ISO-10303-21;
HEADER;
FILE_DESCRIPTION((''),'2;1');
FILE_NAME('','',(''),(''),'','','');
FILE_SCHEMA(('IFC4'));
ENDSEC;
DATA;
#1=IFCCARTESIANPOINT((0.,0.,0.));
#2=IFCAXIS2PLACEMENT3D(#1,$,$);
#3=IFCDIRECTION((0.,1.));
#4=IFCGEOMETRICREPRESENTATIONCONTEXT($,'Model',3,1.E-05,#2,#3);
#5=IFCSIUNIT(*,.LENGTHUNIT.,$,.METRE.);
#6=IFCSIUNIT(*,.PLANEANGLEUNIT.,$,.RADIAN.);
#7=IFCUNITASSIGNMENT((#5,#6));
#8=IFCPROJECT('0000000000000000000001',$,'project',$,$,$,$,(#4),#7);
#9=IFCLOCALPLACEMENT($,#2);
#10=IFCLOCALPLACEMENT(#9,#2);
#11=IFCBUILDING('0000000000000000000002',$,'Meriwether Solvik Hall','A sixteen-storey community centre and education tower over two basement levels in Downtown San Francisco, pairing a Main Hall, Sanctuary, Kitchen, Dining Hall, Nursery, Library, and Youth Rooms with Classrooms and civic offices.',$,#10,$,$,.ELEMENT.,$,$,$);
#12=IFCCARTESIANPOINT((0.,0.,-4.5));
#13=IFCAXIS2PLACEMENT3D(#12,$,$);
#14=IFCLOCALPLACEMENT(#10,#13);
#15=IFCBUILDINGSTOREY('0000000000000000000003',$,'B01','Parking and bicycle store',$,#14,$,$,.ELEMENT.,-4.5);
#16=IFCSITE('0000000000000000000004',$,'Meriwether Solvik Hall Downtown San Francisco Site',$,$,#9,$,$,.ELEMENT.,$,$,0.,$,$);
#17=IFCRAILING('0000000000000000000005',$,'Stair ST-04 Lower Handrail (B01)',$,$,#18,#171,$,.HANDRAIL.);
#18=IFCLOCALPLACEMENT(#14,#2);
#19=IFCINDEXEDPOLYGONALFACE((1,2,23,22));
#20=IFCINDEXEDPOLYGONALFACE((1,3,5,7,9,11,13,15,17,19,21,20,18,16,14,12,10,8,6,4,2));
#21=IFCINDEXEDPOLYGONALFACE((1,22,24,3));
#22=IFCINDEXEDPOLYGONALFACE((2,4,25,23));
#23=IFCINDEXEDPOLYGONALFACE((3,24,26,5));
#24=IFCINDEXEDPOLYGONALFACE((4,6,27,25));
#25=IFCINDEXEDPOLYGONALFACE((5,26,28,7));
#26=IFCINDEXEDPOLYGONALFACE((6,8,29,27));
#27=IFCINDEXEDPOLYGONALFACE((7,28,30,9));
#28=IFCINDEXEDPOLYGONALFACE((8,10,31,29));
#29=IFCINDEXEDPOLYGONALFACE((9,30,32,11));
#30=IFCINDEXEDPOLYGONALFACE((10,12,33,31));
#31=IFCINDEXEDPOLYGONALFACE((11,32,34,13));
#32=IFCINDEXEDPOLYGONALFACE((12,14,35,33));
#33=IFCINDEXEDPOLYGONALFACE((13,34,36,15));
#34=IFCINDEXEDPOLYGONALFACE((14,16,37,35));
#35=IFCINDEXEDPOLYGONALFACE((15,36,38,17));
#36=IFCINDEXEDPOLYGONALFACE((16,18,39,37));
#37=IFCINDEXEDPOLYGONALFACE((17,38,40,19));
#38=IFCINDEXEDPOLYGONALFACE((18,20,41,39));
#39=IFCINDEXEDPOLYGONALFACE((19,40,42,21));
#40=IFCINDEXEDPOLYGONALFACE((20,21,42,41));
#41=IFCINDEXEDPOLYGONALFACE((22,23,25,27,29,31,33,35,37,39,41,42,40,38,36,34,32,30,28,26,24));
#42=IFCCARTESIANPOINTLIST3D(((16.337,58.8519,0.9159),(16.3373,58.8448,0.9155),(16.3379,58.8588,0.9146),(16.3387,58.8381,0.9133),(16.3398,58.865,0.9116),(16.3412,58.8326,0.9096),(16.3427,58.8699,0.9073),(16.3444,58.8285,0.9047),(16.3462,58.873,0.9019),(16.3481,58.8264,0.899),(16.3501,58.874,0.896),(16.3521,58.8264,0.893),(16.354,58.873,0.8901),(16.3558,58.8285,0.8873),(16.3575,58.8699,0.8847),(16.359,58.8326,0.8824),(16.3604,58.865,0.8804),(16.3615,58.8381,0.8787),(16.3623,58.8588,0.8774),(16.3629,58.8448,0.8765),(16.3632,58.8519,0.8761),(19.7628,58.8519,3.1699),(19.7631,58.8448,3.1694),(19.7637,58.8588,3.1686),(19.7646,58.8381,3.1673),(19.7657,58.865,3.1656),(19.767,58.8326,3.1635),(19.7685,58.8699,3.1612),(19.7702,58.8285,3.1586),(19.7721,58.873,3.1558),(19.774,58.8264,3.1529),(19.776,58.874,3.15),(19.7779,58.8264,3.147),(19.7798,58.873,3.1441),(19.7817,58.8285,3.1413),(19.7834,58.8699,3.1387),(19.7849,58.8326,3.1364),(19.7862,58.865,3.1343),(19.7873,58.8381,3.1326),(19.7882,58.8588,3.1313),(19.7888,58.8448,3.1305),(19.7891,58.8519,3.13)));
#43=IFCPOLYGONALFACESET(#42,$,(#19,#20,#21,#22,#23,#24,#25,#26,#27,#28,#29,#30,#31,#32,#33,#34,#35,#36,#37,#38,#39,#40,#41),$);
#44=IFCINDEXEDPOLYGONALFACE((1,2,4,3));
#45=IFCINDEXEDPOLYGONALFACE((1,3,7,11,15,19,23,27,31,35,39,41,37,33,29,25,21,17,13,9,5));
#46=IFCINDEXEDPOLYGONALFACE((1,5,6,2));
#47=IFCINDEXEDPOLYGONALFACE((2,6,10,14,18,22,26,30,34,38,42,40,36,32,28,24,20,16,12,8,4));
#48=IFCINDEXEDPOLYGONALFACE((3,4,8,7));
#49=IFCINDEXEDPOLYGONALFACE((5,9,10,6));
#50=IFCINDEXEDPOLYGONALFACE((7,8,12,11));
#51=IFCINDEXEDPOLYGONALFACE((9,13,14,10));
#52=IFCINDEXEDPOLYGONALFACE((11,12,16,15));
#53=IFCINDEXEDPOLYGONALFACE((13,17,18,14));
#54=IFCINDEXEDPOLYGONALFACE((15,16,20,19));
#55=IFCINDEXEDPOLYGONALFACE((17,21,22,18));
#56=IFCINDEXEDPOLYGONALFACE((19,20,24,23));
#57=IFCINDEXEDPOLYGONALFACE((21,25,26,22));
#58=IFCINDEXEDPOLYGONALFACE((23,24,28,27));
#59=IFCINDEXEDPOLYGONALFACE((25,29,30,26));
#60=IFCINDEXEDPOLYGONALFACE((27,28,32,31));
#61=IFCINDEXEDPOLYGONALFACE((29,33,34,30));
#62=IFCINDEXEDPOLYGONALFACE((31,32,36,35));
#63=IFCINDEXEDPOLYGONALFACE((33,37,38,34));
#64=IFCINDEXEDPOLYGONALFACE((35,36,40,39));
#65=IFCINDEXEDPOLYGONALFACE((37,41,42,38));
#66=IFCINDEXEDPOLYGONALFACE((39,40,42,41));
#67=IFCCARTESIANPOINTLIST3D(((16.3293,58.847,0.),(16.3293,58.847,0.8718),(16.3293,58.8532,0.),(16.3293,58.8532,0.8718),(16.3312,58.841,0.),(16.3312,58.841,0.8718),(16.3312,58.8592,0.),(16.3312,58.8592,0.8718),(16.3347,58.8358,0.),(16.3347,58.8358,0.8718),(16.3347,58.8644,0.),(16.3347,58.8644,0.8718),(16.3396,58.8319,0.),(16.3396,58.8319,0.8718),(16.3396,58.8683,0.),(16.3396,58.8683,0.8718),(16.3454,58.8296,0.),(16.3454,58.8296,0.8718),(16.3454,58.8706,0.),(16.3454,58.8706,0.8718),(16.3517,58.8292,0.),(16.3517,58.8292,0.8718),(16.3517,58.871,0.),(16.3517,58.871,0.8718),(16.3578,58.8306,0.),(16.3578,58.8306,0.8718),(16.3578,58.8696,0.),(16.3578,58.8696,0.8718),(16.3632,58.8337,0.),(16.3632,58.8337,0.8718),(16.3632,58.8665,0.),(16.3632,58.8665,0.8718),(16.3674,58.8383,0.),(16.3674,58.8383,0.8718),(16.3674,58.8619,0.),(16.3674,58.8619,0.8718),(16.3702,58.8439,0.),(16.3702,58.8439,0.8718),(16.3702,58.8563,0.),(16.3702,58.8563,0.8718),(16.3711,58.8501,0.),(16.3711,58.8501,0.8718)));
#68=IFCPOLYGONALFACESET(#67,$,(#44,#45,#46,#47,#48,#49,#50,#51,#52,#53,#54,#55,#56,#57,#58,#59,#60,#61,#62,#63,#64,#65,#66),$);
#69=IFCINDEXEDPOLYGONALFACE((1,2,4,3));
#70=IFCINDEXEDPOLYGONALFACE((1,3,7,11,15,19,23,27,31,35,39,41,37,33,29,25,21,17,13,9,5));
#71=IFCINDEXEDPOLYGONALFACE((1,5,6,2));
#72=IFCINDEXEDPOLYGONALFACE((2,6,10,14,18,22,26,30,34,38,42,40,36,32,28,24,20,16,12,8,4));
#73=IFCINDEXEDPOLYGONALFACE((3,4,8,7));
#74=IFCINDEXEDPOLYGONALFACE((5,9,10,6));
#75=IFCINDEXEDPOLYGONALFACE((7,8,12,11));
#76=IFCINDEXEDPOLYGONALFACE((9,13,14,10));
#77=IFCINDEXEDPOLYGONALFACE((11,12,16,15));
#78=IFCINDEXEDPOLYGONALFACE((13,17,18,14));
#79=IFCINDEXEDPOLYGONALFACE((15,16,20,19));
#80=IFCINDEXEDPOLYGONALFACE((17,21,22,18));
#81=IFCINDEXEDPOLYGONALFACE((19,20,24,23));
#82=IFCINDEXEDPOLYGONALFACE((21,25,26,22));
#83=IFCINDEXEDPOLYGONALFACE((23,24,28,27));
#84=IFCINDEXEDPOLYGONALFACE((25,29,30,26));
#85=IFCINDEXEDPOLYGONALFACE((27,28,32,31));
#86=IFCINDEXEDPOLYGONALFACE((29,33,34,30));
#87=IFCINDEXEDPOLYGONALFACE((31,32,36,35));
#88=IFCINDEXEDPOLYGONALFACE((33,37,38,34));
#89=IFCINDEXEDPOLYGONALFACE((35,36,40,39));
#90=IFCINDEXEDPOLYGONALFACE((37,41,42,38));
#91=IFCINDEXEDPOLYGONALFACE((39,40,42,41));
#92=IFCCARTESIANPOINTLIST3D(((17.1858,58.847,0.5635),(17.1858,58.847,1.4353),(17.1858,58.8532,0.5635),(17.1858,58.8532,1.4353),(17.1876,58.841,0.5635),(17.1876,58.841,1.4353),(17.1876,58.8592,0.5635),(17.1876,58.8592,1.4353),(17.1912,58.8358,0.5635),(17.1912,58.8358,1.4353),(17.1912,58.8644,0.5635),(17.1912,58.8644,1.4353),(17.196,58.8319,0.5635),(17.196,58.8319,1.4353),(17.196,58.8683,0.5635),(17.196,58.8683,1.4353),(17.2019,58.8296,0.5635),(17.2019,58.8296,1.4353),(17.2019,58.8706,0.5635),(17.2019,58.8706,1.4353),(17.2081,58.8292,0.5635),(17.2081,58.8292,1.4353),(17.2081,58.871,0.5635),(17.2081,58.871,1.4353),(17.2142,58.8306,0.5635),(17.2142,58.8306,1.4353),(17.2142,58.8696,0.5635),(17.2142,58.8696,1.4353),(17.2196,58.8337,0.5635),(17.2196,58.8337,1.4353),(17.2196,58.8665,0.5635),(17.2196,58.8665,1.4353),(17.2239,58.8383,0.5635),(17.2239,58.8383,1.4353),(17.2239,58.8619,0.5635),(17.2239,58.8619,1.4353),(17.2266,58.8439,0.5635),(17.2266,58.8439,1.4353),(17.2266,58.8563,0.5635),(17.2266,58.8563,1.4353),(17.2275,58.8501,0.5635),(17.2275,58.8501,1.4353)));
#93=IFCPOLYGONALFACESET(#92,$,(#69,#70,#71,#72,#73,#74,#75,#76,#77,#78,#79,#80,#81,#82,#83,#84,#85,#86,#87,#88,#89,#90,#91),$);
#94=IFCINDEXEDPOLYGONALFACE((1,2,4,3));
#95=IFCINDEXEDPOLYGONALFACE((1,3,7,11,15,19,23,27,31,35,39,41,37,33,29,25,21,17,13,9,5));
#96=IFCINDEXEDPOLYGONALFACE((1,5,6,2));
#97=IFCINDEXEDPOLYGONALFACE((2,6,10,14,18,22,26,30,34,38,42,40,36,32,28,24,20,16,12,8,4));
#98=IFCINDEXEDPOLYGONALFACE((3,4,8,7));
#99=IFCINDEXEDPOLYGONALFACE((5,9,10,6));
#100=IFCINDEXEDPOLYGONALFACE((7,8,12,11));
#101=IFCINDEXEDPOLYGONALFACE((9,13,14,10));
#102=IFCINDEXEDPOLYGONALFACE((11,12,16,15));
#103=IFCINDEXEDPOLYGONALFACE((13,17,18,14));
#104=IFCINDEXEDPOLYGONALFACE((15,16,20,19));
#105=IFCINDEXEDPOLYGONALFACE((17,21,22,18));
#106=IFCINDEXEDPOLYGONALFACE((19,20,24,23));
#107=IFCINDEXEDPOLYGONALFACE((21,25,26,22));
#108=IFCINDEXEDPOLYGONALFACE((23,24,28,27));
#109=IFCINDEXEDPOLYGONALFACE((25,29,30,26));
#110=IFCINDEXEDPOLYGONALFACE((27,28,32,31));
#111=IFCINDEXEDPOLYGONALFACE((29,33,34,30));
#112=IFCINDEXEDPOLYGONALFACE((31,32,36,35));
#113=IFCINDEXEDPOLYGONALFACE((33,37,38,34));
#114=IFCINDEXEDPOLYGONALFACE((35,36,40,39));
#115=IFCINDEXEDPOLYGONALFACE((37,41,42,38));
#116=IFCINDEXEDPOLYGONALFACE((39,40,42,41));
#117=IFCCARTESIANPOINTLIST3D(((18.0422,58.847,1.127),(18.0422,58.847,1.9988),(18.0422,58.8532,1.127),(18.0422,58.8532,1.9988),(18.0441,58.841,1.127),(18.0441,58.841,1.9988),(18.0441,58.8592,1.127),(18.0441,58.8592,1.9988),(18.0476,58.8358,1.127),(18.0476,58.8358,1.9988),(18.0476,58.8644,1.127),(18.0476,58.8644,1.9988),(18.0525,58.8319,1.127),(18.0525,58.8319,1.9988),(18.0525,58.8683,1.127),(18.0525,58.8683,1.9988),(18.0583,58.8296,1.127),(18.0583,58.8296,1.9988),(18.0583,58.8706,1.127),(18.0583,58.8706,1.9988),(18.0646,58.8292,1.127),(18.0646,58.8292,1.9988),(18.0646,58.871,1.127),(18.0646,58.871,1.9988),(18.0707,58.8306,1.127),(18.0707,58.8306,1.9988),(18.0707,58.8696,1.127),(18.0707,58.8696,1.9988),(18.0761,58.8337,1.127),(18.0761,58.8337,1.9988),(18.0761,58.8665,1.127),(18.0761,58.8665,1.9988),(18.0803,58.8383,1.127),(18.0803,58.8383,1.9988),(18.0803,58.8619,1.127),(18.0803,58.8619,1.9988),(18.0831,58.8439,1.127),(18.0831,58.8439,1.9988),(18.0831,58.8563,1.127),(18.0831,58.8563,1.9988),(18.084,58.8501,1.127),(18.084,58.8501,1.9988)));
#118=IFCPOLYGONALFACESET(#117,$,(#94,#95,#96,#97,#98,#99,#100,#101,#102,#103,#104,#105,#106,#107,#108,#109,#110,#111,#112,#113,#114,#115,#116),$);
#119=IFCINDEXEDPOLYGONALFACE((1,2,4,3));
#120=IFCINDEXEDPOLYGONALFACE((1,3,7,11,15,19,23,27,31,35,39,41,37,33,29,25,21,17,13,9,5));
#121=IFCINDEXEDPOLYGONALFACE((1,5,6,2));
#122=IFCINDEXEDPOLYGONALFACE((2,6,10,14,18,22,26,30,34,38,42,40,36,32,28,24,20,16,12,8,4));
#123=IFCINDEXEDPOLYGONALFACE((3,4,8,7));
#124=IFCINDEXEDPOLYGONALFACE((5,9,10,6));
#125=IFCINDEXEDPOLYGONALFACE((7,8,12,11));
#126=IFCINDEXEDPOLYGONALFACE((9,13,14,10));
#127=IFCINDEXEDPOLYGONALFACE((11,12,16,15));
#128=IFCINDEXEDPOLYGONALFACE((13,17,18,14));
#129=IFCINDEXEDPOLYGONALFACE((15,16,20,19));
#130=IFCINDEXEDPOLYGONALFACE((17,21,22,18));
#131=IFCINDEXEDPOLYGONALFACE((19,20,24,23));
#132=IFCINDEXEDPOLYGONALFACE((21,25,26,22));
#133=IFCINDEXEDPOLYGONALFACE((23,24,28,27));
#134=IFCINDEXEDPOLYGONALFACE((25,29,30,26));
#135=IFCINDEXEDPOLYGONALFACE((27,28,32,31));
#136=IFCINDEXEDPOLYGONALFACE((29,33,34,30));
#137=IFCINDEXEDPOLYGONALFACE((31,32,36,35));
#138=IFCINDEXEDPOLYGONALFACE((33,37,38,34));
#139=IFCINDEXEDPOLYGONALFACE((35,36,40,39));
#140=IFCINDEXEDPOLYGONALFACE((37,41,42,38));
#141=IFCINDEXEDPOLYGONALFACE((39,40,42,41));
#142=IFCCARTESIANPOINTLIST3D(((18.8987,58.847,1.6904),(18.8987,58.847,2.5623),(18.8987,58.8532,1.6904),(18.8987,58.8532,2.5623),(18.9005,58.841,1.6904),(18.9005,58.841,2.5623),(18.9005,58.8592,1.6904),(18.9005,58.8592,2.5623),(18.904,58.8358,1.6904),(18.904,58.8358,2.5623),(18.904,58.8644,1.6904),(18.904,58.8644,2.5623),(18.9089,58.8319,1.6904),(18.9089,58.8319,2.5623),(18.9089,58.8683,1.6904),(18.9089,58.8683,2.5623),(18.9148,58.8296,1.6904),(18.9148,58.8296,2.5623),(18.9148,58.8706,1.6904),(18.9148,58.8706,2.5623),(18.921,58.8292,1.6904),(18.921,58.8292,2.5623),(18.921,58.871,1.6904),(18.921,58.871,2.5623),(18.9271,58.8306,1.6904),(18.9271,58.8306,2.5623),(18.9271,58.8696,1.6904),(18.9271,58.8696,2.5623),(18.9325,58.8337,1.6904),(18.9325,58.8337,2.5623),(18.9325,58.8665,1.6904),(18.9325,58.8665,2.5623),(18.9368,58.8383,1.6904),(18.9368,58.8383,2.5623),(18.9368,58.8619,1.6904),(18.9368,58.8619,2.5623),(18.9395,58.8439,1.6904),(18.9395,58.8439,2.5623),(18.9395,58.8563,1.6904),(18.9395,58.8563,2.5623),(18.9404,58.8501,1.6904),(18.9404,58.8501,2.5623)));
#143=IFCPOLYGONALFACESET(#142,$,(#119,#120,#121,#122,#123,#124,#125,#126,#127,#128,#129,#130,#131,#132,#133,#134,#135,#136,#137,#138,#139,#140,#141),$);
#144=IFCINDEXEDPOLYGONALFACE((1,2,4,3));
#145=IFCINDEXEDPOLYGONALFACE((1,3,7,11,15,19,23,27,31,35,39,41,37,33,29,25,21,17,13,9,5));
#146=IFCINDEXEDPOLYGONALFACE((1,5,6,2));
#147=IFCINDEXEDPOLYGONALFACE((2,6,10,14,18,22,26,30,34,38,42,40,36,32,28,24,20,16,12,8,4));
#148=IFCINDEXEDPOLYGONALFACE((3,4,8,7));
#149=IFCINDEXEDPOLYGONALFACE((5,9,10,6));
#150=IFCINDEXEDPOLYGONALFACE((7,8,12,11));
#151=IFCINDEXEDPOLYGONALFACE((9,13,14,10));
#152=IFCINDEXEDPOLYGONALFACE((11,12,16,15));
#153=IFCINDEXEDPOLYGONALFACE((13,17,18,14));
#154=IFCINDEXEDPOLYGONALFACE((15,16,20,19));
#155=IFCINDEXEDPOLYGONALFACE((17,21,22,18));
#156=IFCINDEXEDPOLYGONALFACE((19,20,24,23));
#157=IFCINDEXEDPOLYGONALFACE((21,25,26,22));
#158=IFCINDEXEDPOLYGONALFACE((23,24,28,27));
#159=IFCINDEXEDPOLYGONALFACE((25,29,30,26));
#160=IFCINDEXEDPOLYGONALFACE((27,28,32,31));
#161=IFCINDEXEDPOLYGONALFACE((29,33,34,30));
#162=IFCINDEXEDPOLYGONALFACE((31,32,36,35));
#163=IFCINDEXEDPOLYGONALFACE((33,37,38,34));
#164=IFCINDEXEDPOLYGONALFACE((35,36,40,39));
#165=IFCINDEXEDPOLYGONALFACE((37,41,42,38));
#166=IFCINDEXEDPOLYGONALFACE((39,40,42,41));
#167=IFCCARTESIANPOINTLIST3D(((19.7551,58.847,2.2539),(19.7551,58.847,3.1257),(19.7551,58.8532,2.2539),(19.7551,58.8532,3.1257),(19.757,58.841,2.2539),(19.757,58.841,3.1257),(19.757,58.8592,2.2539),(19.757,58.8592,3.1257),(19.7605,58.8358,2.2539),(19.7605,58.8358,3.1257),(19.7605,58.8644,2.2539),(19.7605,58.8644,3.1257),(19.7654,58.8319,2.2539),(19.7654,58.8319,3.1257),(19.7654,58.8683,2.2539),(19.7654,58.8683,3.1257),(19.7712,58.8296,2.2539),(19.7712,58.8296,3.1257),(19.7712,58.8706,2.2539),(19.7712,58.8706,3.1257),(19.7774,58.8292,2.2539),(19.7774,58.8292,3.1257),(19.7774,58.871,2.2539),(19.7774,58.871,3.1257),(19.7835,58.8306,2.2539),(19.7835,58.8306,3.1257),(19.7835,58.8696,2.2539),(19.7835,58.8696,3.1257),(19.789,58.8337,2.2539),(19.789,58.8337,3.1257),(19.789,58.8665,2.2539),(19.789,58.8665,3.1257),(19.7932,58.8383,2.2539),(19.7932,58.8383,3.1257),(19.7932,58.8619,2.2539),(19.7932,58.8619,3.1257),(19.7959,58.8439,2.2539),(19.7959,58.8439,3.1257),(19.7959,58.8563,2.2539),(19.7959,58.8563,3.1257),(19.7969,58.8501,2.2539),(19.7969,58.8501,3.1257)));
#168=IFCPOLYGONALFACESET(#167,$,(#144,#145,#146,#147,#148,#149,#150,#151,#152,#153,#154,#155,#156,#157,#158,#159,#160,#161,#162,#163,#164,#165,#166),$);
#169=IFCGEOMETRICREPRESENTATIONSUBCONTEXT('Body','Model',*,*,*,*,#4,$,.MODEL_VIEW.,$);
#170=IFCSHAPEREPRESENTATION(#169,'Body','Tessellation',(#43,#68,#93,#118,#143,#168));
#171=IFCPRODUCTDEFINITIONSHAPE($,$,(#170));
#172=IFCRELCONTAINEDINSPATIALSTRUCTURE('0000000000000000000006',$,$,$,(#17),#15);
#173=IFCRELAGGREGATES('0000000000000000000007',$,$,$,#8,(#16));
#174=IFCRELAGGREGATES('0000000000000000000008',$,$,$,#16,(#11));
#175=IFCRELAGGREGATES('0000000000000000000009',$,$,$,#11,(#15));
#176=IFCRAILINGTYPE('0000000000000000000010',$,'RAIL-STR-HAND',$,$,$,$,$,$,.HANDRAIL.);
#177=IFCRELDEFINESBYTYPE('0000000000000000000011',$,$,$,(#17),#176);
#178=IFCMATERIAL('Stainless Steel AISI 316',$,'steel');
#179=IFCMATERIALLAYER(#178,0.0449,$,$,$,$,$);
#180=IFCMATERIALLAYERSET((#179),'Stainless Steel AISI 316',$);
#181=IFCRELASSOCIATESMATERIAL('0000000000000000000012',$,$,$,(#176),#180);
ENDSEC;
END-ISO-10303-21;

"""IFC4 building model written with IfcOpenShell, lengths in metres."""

from ifc_helpers import new_model, si_unit, direction, frame, origin, origin_2d, place, context, subcontext, project, spatial, circle, extrude, material, layer, layer_set, type_object, element, save


model = new_model("IFC4")

# Units and contexts
model_context = context("Model", 3, precision=1e-05, world=origin(), true_north=direction((0.0, 1.0)))
body_context = subcontext(model_context, "Body", "Model", "MODEL_VIEW")
ifc_project = project(units=[si_unit("LENGTHUNIT", "METRE"), si_unit("PLANEANGLEUNIT", "RADIAN")], contexts=[model_context])

# Site, building, storey
site_placement = place(None, origin())
site = spatial("IfcSite", under=ifc_project, at=site_placement, Name="Meriwether Solvik Hall Downtown San Francisco Site", CompositionType="ELEMENT", RefElevation=0.0)
building_placement = place(site_placement, origin())
building = spatial("IfcBuilding", under=site, at=building_placement, Name="Meriwether Solvik Hall", Description="A sixteen-storey community centre and education tower over two basement levels in Downtown San Francisco, pairing a Main Hall, Sanctuary, Kitchen, Dining Hall, Nursery, Library, and Youth Rooms with Classrooms and civic offices.", CompositionType="ELEMENT")
storey_placement = place(building_placement, frame((0.0, 0.0, -4.5)))
storey = spatial("IfcBuildingStorey", under=building, at=storey_placement, Name="B01", Description="Parking and bicycle store", CompositionType="ELEMENT", Elevation=-4.5)

# Railing
ifc_material_1 = material(Name="Stainless Steel AISI 316", Category="steel")
ifc_layer_1 = layer(ifc_material_1, 0.0449)
ifc_layer_set_1 = layer_set([ifc_layer_1], Name="Stainless Steel AISI 316")
railing_type = type_object("IfcRailingType", Name="RAIL-STR-HAND", PredefinedType="HANDRAIL", material=ifc_layer_set_1)
railing_placement = place(storey_placement, frame((16.3501, 58.8501, 0.0)))
element("IfcRailing", 1, at=railing_placement, inside=storey, type_object=railing_type, Name="Stair ST-04 Lower Handrail (B01)", PredefinedType="HANDRAIL", context=body_context, shape_type="SweptSolid", body=[
    extrude(circle(Radius=0.0239, at=origin_2d()), frame((0.0, 0.0, 0.896), z_axis=(0.835406, 0.0, 0.549634), x_axis=(0.0, 1.0, 0.0)), (0.0, 0.0, 1.0), 4.1008),
    extrude(circle(Radius=0.021, at=origin_2d()), origin(), (0.0, 0.0, 1.0), 0.8718),
    extrude(circle(Radius=0.021, at=origin_2d()), frame((0.8564, 0.0, 0.5635)), (0.0, 0.0, 1.0), 0.8718),
    extrude(circle(Radius=0.021, at=origin_2d()), frame((1.7129, 0.0, 1.127)), (0.0, 0.0, 1.0), 0.8718),
    extrude(circle(Radius=0.021, at=origin_2d()), frame((2.5693, 0.0, 1.6904)), (0.0, 0.0, 1.0), 0.8718),
    extrude(circle(Radius=0.021, at=origin_2d()), frame((3.4258, 0.0, 2.2539)), (0.0, 0.0, 1.0), 0.8718),
])

save(model, "model.ifc")
